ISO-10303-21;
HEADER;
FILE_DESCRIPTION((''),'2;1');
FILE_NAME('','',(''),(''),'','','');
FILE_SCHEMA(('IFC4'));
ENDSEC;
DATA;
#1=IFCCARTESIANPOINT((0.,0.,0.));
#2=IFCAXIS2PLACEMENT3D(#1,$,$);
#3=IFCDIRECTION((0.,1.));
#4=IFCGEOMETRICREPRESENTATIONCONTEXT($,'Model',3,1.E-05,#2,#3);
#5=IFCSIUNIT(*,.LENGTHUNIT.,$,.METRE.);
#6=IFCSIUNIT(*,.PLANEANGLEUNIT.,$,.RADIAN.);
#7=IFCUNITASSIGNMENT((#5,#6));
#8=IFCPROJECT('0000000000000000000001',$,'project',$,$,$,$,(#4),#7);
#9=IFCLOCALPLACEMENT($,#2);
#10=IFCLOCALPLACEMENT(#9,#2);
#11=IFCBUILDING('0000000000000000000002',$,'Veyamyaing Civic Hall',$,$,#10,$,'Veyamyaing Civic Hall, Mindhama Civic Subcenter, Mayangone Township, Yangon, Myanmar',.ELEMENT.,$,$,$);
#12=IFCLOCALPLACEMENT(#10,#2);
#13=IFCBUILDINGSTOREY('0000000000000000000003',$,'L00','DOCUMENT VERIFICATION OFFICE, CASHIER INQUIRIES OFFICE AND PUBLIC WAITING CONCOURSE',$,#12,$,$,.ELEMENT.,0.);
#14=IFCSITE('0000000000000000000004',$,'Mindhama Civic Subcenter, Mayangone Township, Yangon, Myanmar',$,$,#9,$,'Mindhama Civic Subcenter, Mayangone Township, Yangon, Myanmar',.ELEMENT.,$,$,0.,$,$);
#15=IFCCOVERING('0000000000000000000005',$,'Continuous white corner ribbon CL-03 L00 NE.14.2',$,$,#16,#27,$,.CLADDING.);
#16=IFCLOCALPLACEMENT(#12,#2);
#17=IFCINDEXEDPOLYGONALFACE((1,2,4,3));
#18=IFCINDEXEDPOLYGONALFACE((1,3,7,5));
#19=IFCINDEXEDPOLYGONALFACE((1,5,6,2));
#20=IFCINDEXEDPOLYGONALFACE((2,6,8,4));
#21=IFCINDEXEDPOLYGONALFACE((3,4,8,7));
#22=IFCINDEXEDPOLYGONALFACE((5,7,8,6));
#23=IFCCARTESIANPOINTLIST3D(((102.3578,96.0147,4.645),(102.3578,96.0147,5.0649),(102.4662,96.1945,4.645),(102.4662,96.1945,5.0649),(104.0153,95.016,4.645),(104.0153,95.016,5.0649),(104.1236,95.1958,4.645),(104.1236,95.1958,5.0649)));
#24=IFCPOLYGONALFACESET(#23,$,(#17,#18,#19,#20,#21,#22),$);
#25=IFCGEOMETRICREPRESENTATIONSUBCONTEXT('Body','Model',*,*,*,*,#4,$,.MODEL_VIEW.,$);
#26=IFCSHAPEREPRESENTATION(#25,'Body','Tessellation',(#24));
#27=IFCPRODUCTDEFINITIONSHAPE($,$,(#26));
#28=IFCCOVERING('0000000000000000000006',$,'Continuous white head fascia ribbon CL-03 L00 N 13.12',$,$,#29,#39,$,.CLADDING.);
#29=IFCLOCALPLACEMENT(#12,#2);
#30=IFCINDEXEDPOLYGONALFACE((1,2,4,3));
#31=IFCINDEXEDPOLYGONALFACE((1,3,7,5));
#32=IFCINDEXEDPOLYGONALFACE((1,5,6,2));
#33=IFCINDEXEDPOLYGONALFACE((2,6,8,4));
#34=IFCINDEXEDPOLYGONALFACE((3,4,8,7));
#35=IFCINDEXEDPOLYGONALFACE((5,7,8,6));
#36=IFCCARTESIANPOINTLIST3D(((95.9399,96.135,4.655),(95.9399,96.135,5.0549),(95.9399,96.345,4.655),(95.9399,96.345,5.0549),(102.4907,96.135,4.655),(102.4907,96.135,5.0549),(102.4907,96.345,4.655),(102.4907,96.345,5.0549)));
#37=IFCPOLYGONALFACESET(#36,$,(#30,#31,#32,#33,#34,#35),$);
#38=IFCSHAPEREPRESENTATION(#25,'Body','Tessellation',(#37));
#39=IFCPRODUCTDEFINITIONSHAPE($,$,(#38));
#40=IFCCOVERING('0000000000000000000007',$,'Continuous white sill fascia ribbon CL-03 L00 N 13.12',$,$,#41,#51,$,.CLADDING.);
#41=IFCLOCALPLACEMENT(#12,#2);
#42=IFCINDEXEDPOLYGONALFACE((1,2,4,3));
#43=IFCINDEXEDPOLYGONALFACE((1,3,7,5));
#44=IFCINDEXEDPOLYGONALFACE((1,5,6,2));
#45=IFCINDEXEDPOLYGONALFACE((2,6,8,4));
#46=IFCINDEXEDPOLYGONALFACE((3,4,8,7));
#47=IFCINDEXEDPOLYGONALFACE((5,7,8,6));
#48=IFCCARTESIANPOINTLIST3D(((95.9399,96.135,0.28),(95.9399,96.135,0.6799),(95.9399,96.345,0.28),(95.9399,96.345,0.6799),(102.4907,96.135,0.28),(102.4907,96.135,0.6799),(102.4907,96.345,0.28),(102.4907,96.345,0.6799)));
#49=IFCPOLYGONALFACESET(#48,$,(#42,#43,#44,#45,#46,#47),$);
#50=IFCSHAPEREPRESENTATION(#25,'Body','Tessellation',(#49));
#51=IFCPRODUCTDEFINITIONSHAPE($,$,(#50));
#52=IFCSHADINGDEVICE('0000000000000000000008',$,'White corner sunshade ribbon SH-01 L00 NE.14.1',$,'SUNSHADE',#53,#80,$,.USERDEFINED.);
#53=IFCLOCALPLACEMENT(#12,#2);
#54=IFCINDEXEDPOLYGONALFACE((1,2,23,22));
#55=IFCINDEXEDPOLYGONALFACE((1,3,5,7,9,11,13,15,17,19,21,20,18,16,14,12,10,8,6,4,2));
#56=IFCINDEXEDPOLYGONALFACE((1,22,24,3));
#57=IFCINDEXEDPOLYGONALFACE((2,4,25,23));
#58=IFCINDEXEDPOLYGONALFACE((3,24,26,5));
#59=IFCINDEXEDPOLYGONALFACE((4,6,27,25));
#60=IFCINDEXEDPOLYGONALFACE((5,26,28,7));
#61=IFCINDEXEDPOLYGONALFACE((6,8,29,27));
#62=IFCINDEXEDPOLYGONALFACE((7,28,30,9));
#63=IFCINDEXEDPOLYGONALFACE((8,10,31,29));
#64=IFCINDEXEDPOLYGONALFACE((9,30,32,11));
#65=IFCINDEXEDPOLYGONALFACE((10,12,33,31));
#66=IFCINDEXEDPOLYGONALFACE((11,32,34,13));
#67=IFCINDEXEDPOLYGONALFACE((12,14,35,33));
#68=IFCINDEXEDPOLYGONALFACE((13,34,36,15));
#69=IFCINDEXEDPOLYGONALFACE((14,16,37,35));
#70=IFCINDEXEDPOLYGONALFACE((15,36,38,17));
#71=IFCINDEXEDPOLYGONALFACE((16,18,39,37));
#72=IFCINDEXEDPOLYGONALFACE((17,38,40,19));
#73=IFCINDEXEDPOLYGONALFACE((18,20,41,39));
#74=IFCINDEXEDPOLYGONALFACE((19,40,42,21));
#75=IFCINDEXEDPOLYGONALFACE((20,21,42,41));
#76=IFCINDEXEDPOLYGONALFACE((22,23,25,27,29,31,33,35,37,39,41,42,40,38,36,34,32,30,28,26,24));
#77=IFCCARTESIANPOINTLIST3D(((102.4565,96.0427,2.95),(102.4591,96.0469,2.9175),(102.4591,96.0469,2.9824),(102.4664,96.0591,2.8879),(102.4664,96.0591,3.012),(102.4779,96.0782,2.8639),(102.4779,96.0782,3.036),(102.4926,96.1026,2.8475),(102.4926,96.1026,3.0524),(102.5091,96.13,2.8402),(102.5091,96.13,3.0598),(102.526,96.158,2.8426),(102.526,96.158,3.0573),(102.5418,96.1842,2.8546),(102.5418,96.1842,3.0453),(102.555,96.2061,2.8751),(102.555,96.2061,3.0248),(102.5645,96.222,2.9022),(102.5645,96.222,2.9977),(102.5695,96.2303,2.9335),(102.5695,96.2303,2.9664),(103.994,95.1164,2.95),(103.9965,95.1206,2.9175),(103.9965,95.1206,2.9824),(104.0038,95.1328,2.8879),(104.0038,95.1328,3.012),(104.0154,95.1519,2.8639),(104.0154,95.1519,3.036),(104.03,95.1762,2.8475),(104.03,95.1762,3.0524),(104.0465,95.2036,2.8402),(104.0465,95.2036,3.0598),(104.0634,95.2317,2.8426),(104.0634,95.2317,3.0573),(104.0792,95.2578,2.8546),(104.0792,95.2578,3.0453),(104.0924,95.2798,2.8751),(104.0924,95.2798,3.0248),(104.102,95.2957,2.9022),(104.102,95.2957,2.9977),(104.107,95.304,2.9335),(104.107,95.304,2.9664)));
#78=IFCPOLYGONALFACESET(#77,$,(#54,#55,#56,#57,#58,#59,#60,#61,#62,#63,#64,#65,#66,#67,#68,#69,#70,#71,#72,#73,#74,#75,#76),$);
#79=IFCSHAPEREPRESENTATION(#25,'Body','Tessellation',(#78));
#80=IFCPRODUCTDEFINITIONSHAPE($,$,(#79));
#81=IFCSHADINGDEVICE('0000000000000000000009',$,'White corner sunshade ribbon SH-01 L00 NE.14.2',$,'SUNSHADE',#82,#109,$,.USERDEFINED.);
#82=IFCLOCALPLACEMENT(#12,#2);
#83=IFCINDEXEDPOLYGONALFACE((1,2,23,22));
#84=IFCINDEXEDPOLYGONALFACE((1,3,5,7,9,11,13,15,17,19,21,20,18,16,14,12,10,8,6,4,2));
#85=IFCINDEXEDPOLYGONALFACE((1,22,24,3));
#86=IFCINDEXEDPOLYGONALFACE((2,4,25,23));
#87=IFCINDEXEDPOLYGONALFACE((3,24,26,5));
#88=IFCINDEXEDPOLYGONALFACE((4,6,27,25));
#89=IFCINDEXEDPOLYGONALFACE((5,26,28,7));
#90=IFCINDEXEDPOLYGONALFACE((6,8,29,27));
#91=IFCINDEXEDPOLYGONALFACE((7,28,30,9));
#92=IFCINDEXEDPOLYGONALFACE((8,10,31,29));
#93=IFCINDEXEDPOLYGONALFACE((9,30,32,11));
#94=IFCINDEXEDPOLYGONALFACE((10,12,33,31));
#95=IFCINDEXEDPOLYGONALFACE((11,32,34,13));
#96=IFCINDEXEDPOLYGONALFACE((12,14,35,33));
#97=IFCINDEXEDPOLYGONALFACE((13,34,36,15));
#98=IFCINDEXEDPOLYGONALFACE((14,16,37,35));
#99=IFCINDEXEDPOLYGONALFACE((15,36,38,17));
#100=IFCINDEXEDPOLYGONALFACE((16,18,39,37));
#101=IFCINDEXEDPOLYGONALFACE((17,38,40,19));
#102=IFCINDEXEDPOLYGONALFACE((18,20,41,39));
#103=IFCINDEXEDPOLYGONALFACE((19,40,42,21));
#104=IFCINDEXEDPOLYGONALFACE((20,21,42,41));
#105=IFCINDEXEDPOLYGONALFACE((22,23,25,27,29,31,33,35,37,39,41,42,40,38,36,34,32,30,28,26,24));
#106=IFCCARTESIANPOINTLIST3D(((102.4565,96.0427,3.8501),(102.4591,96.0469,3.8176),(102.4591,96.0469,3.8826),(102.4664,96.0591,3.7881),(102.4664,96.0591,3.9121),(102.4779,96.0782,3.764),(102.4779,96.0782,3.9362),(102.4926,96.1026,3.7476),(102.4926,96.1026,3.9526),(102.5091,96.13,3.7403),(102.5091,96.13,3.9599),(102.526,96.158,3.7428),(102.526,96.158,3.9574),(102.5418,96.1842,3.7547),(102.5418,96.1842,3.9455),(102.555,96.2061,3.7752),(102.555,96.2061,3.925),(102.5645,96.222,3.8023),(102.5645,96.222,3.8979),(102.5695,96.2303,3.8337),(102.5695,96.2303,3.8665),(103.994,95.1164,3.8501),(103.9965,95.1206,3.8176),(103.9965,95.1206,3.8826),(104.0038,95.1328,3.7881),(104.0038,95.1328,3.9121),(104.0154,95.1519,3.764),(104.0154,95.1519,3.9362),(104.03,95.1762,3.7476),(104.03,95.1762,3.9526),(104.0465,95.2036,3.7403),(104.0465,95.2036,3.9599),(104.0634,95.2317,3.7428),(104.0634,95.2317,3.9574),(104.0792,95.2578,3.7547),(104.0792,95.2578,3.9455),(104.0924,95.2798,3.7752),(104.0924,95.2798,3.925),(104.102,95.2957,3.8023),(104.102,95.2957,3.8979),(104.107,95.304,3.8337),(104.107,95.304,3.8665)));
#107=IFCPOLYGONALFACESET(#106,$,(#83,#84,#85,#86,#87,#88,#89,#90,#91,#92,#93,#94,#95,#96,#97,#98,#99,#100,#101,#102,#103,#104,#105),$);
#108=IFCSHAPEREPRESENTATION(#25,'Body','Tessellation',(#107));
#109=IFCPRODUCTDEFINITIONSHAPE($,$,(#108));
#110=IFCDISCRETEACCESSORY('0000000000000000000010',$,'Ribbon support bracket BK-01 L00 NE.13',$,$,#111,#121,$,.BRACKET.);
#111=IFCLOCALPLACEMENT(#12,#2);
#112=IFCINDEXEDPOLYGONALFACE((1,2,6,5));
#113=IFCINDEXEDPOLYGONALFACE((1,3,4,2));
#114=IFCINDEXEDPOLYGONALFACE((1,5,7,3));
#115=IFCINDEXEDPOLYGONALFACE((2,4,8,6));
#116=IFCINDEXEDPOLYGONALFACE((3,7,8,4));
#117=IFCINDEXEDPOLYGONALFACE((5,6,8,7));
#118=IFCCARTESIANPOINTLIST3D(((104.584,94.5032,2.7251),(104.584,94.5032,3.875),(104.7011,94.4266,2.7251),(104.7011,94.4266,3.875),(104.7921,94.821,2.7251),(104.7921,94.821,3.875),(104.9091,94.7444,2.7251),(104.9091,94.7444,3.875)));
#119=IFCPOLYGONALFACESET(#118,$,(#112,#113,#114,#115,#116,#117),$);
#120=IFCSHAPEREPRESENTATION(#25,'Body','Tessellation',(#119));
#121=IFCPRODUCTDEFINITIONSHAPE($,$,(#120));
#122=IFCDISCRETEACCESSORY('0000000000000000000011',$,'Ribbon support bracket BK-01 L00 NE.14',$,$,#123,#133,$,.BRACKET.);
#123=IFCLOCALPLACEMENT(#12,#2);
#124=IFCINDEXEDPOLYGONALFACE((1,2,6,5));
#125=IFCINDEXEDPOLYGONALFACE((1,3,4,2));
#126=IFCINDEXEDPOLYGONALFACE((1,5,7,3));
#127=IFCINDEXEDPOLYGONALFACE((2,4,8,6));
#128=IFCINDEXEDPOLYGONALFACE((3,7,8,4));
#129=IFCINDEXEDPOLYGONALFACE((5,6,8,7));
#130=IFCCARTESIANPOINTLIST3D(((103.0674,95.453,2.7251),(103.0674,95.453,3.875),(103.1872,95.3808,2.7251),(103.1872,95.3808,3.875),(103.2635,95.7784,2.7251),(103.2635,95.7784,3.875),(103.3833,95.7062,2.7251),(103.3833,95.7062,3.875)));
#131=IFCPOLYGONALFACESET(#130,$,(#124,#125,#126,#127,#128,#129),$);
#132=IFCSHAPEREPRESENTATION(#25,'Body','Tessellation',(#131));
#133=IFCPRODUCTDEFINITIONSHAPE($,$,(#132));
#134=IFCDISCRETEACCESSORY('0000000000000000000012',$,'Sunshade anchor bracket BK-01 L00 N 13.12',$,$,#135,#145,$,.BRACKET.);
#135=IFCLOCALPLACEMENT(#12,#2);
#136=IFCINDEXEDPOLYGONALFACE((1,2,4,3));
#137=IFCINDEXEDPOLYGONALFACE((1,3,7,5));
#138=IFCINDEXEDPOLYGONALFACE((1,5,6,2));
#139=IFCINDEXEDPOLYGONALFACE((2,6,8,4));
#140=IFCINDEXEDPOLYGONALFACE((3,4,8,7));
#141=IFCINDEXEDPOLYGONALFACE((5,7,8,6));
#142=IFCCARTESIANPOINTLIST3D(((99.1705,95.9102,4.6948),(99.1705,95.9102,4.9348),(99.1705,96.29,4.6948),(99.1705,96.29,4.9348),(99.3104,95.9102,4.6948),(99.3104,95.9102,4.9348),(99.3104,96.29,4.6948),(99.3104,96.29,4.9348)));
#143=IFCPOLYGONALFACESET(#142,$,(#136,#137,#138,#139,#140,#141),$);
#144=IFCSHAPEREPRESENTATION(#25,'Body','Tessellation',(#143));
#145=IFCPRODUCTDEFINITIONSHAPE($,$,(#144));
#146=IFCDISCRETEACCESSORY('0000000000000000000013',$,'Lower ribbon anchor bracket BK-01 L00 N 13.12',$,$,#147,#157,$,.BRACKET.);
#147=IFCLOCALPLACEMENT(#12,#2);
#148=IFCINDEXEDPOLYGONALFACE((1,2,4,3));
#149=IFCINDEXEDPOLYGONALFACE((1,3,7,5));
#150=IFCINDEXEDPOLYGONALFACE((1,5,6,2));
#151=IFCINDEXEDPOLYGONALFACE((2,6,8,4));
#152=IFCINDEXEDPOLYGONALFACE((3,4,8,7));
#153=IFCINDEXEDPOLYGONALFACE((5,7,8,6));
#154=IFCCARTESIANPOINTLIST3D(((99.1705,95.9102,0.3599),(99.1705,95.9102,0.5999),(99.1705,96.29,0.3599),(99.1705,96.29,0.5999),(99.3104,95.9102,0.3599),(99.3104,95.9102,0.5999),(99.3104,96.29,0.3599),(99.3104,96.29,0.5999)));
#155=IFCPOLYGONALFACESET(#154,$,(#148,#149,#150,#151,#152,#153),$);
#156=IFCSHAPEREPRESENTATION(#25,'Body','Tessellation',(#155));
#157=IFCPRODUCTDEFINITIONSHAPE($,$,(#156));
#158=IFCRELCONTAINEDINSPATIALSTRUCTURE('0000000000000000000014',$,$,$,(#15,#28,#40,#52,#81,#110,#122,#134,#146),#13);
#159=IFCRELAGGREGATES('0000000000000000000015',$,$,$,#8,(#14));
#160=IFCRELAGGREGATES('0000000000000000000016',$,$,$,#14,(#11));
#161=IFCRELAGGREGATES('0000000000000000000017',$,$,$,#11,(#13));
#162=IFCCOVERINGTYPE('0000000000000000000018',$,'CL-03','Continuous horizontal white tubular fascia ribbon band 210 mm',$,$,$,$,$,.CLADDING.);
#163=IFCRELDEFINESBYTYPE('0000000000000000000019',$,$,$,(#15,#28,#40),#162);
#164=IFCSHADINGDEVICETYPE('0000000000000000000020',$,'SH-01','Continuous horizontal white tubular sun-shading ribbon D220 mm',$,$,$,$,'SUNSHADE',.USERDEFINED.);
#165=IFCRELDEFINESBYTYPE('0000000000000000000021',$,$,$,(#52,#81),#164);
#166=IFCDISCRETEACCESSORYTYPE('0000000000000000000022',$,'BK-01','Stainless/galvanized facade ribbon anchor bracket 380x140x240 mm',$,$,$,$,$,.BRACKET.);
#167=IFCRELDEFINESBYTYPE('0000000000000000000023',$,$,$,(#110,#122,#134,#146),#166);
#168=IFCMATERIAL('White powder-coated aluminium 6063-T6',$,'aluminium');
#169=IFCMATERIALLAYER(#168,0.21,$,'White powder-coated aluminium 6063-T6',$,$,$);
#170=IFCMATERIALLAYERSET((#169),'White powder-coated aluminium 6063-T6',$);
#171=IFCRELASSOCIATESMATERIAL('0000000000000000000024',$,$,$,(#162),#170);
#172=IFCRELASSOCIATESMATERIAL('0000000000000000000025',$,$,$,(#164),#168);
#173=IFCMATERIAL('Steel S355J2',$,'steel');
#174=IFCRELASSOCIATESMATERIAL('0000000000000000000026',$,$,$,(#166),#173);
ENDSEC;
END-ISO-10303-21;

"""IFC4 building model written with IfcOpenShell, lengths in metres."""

from ifc_helpers import new_model, si_unit, direction, frame, origin, origin_2d, place, context, subcontext, project, spatial, rectangle, circle, extrude, material, layer, layer_set, material_profile, profile_set, type_object, element, save


model = new_model("IFC4")

# Units and contexts
model_context = context("Model", 3, precision=1e-05, world=origin(), true_north=direction((0.0, 1.0)))
body_context = subcontext(model_context, "Body", "Model", "MODEL_VIEW")
ifc_project = project(units=[si_unit("LENGTHUNIT", "METRE"), si_unit("PLANEANGLEUNIT", "RADIAN")], contexts=[model_context])

# Site, building, storey
site_placement = place(None, origin())
site = spatial("IfcSite", under=ifc_project, at=site_placement, Name="Mindhama Civic Subcenter, Mayangone Township, Yangon, Myanmar", LongName="Mindhama Civic Subcenter, Mayangone Township, Yangon, Myanmar", CompositionType="ELEMENT", RefElevation=0.0)
building_placement = place(site_placement, origin())
building = spatial("IfcBuilding", under=site, at=building_placement, Name="Veyamyaing Civic Hall", LongName="Veyamyaing Civic Hall, Mindhama Civic Subcenter, Mayangone Township, Yangon, Myanmar", CompositionType="ELEMENT")
storey_placement = place(building_placement, origin())
storey = spatial("IfcBuildingStorey", under=building, at=storey_placement, Name="L00", Description="DOCUMENT VERIFICATION OFFICE, CASHIER INQUIRIES OFFICE AND PUBLIC WAITING CONCOURSE", CompositionType="ELEMENT", Elevation=0.0)

# Coverings
ifc_material_1 = material(Name="White powder-coated aluminium 6063-T6", Category="aluminium")
ifc_layer_1 = layer(ifc_material_1, 0.21, Name="White powder-coated aluminium 6063-T6")
ifc_layer_set_1 = layer_set([ifc_layer_1], Name="White powder-coated aluminium 6063-T6")
covering_type = type_object("IfcCoveringType", Name="CL-03", Description="Continuous horizontal white tubular fascia ribbon band 210 mm", PredefinedType="CLADDING", material=ifc_layer_set_1)
for number, where, z_axis, x_axis, name in (
    (1, (103.2407, 95.6052, 4.645), (0.0, 0.0, 1.0), (-0.856524, 0.516107, 0.0), "Continuous white corner ribbon CL-03 L00 NE.14.2"),
):
    element("IfcCovering", number, at=place(storey_placement, frame(where, z_axis=z_axis, x_axis=x_axis)), inside=storey, type_object=covering_type, Name=name, PredefinedType="CLADDING", context=body_context, shape_type="SweptSolid", body=[
        extrude(rectangle(XDim=1.9351, YDim=0.21, at=origin_2d()), origin(), (0.0, 0.0, 1.0), 0.4199),
    ])
for number, where, z_axis, x_axis, name in (
    (2, (99.2153, 96.24, 4.655), (0.0, 0.0, 1.0), (1.0, 0.0, 0.0), "Continuous white head fascia ribbon CL-03 L00 N 13.12"),
    (3, (99.2153, 96.24, 0.28), (0.0, 0.0, 1.0), (1.0, 0.0, 0.0), "Continuous white sill fascia ribbon CL-03 L00 N 13.12"),
):
    element("IfcCovering", number, at=place(storey_placement, frame(where, z_axis=z_axis, x_axis=x_axis)), inside=storey, type_object=covering_type, Name=name, PredefinedType="CLADDING", context=body_context, shape_type="SweptSolid", body=[
        extrude(rectangle(XDim=6.5508, YDim=0.21, at=origin_2d()), origin(), (0.0, 0.0, 1.0), 0.3999),
    ])

# Shading devices
ifc_material_profile_1 = material_profile(ifc_material_1, circle(Radius=0.1101, at=origin_2d()), Name="SHADE-TUBE-220")
ifc_profile_set_1 = profile_set([ifc_material_profile_1], Name="White powder-coated aluminium 6063-T6")
shading_device_type = type_object("IfcShadingDeviceType", Name="SH-01", Description="Continuous horizontal white tubular sun-shading ribbon D220 mm", ElementType="SUNSHADE", PredefinedType="USERDEFINED", material=ifc_profile_set_1)
for number, where, z_axis, x_axis, name in (
    (4, (104.0508, 95.2107, 2.95), (-0.856543, 0.516075, 0.0), (-0.516075, -0.856543, 0.0), "White corner sunshade ribbon SH-01 L00 NE.14.1"),
    (5, (104.0508, 95.2107, 3.8501), (-0.856543, 0.516075, 0.0), (-0.516075, -0.856543, 0.0), "White corner sunshade ribbon SH-01 L00 NE.14.2"),
):
    element("IfcShadingDevice", number, at=place(storey_placement, frame(where, z_axis=z_axis, x_axis=x_axis)), inside=storey, type_object=shading_device_type, Name=name, ObjectType="SUNSHADE", PredefinedType="USERDEFINED", context=body_context, shape_type="SweptSolid", body=[
        extrude(circle(Radius=0.1101, at=origin_2d()), origin(), (0.0, 0.0, 1.0), 1.7949),
    ])

# Discrete accessories
ifc_material_2 = material(Name="Steel S355J2", Category="steel")
discrete_accessory_type = type_object("IfcDiscreteAccessoryType", Name="BK-01", Description="Stainless/galvanized facade ribbon anchor bracket 380x140x240 mm", PredefinedType="BRACKET", material=ifc_material_2)
for number, where, z_axis, x_axis, name in (
    (6, (104.7466, 94.6238, 2.7251), (0.0, 0.0, 1.0), (0.547772, 0.836628, 0.0), "Ribbon support bracket BK-01 L00 NE.13"),
    (7, (103.2253, 95.5796, 2.7251), (0.0, 0.0, 1.0), (0.516106, 0.856525, 0.0), "Ribbon support bracket BK-01 L00 NE.14"),
):
    element("IfcDiscreteAccessory", number, at=place(storey_placement, frame(where, z_axis=z_axis, x_axis=x_axis)), inside=storey, type_object=discrete_accessory_type, Name=name, PredefinedType="BRACKET", context=body_context, shape_type="SweptSolid", body=[
        extrude(rectangle(XDim=0.3799, YDim=0.1399, at=origin_2d()), origin(), (0.0, 0.0, 1.0), 1.1499),
    ])
for number, where, z_axis, x_axis, name in (
    (8, (99.2405, 96.1001, 4.6948), (0.0, 0.0, 1.0), (0.0, 1.0, 0.0), "Sunshade anchor bracket BK-01 L00 N 13.12"),
    (9, (99.2405, 96.1001, 0.3599), (0.0, 0.0, 1.0), (0.0, 1.0, 0.0), "Lower ribbon anchor bracket BK-01 L00 N 13.12"),
):
    element("IfcDiscreteAccessory", number, at=place(storey_placement, frame(where, z_axis=z_axis, x_axis=x_axis)), inside=storey, type_object=discrete_accessory_type, Name=name, PredefinedType="BRACKET", context=body_context, shape_type="SweptSolid", body=[
        extrude(rectangle(XDim=0.3799, YDim=0.1399, at=origin_2d()), origin(), (0.0, 0.0, 1.0), 0.24),
    ])

save(model, "model.ifc")
